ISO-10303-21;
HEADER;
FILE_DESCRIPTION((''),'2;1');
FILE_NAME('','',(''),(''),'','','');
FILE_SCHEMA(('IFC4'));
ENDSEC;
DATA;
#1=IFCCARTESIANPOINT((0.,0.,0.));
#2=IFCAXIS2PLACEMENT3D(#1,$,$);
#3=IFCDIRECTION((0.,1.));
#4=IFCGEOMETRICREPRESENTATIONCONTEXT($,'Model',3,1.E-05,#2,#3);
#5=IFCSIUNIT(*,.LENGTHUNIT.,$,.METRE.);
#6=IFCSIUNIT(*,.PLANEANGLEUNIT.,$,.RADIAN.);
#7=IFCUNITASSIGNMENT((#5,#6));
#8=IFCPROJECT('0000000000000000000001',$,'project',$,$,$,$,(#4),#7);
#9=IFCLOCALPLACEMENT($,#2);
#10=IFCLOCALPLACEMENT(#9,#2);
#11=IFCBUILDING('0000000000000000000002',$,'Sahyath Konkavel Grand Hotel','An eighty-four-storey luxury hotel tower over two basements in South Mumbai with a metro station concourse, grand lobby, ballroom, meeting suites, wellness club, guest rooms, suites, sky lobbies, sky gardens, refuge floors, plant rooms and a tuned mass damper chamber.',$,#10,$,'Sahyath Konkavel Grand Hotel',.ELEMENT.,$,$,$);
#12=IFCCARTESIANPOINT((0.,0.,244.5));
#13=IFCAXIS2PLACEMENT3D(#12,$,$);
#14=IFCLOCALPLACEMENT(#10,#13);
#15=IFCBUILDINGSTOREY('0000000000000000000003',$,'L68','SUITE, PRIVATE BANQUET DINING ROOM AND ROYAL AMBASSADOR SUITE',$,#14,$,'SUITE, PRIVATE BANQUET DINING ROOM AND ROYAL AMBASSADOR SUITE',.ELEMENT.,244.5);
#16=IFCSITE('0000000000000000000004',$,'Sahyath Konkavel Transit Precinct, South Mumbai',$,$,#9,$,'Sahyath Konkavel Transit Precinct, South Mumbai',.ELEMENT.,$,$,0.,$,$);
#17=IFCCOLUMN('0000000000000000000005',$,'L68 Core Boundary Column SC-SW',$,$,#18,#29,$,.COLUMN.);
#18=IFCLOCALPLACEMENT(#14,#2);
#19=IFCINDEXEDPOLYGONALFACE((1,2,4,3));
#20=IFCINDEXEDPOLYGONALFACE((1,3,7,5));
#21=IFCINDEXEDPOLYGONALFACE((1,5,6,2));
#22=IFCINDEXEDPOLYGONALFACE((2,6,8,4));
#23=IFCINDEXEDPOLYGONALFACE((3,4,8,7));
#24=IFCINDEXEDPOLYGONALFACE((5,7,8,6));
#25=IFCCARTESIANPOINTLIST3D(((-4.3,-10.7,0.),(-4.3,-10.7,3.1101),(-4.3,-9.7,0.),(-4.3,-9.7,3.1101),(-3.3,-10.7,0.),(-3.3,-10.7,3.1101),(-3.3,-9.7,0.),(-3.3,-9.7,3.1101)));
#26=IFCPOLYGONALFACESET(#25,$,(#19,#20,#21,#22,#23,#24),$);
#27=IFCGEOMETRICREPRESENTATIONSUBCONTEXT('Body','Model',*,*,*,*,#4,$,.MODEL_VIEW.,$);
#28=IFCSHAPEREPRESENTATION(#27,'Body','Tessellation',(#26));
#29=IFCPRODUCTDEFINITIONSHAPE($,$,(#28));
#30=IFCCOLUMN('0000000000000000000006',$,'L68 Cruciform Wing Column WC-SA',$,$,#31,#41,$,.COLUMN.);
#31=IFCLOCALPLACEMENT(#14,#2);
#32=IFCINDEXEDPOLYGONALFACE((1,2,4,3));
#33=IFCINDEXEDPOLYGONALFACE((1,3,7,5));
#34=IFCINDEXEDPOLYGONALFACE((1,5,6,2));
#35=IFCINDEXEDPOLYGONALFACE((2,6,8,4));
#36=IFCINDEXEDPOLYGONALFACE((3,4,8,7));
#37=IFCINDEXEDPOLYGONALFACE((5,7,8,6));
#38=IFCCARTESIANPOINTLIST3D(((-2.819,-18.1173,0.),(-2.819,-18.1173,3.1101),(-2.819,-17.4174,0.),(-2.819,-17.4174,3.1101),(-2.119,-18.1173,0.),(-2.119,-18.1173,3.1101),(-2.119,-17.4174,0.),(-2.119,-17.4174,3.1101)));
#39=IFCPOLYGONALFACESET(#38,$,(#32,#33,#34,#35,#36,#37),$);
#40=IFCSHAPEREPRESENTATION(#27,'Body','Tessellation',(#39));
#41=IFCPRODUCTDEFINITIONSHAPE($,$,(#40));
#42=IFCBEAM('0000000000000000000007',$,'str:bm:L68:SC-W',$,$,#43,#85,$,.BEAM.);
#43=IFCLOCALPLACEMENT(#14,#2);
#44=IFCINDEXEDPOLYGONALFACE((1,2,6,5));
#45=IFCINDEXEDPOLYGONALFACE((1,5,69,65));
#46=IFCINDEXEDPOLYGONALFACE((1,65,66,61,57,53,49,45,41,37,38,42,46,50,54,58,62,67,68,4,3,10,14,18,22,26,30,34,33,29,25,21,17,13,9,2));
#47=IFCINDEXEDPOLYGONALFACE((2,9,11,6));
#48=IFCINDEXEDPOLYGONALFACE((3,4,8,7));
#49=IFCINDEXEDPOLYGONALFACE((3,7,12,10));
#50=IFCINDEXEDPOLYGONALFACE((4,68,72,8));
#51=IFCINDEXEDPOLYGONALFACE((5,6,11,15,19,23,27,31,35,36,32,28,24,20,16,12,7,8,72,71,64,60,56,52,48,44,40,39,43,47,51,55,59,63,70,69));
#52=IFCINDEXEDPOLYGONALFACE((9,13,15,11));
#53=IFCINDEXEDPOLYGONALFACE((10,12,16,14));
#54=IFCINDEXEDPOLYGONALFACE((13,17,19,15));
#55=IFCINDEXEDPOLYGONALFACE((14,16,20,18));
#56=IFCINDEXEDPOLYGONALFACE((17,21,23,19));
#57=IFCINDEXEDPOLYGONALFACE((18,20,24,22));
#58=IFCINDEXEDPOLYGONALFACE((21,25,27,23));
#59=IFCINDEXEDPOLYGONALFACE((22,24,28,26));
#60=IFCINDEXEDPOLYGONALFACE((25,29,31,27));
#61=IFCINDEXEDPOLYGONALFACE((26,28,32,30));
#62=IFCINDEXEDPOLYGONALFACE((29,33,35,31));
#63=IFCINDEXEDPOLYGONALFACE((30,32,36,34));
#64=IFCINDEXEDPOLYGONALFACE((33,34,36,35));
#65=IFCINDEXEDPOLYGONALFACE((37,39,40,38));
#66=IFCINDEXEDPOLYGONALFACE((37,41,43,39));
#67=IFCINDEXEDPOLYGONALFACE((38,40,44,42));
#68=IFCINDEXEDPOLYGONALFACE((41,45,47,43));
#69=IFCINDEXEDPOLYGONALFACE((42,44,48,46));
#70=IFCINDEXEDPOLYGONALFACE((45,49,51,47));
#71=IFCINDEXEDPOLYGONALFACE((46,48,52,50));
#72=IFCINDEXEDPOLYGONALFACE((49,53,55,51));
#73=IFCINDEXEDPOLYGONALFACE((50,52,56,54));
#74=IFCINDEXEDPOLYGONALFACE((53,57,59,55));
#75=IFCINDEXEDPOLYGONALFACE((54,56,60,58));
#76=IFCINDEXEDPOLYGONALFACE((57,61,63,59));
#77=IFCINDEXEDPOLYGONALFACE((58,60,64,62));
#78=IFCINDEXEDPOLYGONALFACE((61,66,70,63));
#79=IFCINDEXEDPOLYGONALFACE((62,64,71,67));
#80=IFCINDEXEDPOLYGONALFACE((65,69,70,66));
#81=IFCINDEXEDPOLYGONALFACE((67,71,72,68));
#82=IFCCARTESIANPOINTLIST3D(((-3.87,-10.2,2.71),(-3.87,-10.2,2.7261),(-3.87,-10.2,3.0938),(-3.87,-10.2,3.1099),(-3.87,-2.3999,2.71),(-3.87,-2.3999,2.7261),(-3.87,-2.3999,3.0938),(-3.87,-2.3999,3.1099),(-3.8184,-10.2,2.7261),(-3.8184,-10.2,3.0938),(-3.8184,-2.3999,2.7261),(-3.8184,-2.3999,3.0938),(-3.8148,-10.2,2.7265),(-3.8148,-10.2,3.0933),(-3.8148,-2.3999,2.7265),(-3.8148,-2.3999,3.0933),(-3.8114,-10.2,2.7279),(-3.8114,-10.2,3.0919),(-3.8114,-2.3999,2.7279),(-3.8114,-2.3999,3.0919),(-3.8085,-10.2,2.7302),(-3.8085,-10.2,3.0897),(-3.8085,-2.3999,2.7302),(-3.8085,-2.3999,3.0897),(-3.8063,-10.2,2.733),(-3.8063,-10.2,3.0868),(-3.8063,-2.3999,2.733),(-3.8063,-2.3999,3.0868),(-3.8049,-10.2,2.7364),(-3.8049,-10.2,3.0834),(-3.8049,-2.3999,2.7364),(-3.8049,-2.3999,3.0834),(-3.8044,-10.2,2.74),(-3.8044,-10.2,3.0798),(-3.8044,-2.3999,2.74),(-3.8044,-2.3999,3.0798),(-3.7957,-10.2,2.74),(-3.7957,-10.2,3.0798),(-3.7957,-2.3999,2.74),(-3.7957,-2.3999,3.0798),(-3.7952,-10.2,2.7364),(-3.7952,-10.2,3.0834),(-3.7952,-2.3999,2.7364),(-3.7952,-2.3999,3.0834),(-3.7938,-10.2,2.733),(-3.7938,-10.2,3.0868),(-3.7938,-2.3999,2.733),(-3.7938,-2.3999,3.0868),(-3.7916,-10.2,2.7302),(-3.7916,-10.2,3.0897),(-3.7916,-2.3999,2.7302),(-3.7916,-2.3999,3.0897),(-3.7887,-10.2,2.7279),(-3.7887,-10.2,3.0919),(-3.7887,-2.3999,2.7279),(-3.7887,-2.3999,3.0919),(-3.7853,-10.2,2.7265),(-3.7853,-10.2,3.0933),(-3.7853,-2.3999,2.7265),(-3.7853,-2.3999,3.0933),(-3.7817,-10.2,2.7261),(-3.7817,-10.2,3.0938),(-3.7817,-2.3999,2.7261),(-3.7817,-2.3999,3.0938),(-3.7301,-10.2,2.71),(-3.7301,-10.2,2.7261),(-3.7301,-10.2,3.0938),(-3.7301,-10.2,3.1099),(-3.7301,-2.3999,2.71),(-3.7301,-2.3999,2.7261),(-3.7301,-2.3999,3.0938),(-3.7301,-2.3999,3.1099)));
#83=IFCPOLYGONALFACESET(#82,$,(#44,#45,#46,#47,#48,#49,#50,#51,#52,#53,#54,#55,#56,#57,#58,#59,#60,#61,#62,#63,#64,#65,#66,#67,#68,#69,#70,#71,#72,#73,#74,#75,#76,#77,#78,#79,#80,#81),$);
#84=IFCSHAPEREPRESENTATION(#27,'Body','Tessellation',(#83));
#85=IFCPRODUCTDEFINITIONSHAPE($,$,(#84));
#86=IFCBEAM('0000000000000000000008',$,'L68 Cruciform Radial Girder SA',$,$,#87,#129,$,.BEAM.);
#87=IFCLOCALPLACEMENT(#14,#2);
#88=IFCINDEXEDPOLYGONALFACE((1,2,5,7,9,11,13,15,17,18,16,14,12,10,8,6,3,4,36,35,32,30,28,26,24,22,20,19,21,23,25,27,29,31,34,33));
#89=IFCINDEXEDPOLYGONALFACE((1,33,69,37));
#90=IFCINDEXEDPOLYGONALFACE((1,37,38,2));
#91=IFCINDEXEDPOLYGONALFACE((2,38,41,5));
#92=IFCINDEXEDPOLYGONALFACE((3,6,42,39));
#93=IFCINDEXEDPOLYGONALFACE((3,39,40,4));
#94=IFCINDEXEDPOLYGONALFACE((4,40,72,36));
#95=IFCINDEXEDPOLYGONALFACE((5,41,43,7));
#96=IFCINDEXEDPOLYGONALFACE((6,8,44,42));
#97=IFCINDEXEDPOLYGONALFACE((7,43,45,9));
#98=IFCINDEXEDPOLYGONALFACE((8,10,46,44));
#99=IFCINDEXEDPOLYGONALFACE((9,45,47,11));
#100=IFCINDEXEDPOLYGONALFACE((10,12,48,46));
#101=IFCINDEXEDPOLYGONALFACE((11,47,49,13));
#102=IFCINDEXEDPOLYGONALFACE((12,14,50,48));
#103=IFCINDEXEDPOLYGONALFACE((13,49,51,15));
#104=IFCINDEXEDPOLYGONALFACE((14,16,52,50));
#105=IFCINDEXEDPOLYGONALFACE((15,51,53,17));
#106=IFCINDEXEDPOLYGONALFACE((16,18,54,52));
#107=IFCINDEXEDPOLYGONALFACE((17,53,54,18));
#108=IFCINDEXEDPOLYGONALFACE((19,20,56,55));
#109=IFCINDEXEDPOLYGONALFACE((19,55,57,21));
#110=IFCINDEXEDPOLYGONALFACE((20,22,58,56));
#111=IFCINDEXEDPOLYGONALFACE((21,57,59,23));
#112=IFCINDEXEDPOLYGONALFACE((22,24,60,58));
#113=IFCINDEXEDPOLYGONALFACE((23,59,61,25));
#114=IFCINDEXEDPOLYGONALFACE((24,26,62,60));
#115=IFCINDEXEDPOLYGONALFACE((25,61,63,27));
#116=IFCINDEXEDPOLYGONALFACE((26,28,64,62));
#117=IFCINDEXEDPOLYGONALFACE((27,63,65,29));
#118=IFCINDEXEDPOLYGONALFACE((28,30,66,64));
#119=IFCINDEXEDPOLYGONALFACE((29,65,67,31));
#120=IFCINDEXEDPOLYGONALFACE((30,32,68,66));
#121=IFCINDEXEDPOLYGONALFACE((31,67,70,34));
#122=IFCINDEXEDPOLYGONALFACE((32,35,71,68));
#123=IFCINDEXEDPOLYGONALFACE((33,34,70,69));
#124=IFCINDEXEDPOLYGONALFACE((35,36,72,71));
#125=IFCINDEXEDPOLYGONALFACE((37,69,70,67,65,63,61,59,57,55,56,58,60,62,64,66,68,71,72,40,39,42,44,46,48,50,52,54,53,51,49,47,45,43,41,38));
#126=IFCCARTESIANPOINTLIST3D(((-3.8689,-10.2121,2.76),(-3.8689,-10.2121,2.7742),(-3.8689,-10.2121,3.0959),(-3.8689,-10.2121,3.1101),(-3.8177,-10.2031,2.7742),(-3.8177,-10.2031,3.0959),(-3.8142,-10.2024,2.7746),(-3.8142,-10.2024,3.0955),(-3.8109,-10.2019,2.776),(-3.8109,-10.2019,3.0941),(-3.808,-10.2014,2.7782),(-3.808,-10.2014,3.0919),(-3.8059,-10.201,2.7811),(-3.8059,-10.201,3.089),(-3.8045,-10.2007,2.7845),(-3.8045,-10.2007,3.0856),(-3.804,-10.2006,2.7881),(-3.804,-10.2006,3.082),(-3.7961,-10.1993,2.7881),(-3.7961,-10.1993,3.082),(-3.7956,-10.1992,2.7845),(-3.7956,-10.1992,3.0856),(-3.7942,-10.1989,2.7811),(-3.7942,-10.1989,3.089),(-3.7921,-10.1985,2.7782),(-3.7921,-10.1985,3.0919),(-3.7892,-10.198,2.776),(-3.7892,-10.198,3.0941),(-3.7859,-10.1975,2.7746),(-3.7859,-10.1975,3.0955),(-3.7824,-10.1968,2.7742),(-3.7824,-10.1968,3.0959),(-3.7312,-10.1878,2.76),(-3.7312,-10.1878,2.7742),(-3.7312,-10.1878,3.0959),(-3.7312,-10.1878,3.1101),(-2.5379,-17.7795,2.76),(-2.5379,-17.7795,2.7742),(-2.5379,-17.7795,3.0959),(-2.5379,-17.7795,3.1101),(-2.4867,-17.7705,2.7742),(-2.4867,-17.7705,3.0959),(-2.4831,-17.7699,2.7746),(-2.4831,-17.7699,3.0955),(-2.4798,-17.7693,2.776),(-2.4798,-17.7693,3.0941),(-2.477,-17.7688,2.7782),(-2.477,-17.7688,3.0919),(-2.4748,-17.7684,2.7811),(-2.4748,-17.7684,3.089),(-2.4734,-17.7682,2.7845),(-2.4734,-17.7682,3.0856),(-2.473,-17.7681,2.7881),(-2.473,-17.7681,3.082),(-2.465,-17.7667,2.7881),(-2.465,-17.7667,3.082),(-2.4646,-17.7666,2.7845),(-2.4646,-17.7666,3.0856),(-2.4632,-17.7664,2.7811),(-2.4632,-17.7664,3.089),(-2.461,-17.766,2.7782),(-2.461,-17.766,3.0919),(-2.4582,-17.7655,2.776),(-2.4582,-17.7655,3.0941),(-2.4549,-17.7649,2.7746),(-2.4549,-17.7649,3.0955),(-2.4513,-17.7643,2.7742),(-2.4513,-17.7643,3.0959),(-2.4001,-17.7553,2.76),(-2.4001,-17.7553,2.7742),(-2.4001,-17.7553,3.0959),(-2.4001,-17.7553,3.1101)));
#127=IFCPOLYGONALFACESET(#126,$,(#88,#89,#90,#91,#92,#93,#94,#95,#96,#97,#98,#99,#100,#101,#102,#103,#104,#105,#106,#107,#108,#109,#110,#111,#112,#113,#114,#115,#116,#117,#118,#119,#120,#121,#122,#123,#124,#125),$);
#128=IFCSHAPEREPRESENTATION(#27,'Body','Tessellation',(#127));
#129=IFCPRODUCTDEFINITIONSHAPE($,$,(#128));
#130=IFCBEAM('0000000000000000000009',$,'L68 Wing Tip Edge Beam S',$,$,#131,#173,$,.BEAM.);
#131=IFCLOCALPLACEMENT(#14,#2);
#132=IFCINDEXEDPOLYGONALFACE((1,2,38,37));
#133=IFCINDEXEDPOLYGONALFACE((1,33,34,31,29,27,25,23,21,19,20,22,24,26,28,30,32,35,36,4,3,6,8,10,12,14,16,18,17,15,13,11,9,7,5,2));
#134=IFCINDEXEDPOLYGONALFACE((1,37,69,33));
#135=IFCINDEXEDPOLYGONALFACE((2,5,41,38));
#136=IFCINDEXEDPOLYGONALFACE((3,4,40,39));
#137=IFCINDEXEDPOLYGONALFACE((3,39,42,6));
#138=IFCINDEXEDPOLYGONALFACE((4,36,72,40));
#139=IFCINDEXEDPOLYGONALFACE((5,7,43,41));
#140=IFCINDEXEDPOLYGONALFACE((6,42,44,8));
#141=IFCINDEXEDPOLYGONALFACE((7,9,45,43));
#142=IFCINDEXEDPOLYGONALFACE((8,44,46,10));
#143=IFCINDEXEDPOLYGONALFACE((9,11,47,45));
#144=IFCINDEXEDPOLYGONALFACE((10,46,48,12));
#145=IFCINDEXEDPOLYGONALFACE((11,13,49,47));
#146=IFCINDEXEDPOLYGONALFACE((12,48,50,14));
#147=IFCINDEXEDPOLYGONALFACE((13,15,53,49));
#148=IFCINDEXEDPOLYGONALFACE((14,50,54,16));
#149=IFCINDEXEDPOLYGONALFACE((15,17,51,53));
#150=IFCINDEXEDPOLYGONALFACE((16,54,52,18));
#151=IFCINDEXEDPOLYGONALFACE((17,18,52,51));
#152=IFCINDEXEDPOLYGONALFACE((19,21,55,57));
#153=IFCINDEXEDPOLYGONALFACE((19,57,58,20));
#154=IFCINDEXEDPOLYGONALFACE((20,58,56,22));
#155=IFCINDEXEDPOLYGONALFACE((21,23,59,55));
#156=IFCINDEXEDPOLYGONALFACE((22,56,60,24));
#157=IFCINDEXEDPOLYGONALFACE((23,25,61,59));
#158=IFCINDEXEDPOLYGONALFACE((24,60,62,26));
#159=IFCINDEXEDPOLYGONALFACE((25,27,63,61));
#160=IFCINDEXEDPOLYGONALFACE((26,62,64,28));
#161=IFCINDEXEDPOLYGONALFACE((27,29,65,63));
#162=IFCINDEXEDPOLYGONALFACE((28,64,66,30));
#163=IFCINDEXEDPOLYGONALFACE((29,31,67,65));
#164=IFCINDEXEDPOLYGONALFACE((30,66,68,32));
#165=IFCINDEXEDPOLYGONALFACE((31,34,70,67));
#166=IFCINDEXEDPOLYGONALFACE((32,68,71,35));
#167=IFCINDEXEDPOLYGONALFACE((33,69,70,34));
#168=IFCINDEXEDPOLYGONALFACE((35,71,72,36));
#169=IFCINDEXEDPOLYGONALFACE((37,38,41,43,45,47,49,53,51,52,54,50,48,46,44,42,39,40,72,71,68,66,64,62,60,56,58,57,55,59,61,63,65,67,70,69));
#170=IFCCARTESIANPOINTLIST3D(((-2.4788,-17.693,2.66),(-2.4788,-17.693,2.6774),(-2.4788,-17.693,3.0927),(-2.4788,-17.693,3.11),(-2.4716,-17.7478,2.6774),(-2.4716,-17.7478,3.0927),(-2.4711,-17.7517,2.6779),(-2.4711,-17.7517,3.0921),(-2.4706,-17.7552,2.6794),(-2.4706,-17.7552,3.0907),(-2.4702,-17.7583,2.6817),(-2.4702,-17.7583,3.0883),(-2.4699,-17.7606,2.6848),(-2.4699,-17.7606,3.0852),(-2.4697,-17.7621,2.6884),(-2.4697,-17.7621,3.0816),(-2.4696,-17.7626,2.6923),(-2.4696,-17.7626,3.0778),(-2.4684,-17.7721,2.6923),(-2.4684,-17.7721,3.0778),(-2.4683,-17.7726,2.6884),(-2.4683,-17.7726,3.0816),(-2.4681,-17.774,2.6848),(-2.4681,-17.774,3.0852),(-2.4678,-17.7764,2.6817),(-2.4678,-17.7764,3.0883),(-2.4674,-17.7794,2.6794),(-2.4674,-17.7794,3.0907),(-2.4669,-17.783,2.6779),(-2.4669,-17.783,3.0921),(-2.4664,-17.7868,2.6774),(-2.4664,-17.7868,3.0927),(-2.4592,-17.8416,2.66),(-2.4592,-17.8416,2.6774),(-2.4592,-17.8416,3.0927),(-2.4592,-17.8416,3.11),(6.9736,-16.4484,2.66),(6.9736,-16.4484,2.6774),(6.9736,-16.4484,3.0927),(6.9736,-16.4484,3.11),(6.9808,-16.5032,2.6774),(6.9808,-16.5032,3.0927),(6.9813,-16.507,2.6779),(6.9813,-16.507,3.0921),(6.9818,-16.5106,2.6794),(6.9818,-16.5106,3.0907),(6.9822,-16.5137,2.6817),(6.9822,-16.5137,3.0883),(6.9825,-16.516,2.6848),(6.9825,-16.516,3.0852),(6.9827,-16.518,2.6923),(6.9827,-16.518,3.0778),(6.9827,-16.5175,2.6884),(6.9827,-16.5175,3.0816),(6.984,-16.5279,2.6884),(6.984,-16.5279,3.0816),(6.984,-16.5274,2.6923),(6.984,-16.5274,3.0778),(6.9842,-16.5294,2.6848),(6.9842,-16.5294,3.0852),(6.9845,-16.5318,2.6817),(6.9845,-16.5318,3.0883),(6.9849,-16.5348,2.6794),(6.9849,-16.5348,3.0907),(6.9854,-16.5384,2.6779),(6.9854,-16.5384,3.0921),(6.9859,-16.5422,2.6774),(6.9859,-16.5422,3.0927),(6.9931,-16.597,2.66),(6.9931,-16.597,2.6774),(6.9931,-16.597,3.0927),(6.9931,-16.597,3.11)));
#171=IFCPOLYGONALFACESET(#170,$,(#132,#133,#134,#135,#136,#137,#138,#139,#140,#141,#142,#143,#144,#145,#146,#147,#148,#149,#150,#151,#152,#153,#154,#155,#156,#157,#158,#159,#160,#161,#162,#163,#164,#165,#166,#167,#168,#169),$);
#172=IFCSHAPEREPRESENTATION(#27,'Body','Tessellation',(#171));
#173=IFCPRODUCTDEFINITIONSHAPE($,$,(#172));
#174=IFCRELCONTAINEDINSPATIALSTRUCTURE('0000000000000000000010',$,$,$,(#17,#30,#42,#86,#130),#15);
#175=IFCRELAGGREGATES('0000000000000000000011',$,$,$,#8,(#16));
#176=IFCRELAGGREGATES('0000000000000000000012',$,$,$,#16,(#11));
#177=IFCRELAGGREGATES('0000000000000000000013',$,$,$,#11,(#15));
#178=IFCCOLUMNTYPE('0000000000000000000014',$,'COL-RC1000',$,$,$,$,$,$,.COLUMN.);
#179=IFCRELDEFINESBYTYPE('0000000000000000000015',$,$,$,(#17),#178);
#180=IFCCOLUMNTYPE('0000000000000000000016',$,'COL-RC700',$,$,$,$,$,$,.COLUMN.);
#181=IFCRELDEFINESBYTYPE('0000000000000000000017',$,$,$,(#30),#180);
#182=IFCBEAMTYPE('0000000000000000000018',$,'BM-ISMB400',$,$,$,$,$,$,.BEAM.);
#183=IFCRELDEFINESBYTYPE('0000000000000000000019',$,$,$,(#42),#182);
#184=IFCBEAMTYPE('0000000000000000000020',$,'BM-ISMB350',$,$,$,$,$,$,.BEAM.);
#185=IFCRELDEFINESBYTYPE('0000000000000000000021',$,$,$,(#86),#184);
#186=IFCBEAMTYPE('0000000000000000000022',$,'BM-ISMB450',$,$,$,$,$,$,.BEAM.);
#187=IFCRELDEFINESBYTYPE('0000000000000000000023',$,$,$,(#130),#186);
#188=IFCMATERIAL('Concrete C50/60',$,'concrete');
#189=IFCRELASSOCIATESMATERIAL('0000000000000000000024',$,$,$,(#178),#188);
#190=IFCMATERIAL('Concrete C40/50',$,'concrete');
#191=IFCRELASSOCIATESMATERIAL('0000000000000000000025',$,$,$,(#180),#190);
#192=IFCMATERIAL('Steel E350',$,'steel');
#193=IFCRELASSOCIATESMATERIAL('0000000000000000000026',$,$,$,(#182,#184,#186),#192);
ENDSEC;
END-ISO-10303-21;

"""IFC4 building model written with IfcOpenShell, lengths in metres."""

from ifc_helpers import new_model, si_unit, direction, frame, origin, origin_2d, place, context, subcontext, project, spatial, rectangle, i_section, extrude, source, transform, mapped, material, material_profile, profile_set, type_object, element, save


model = new_model("IFC4")

# Units and contexts
model_context = context("Model", 3, precision=1e-05, world=origin(), true_north=direction((0.0, 1.0)))
body_context = subcontext(model_context, "Body", "Model", "MODEL_VIEW")
ifc_project = project(units=[si_unit("LENGTHUNIT", "METRE"), si_unit("PLANEANGLEUNIT", "RADIAN")], contexts=[model_context])

# Site, building, storey
site_placement = place(None, origin())
site = spatial("IfcSite", under=ifc_project, at=site_placement, Name="Sahyath Konkavel Transit Precinct, South Mumbai", LongName="Sahyath Konkavel Transit Precinct, South Mumbai", CompositionType="ELEMENT", RefElevation=0.0)
building_placement = place(site_placement, origin())
building = spatial("IfcBuilding", under=site, at=building_placement, Name="Sahyath Konkavel Grand Hotel", Description="An eighty-four-storey luxury hotel tower over two basements in South Mumbai with a metro station concourse, grand lobby, ballroom, meeting suites, wellness club, guest rooms, suites, sky lobbies, sky gardens, refuge floors, plant rooms and a tuned mass damper chamber.", LongName="Sahyath Konkavel Grand Hotel", CompositionType="ELEMENT")
storey_placement = place(building_placement, frame((0.0, 0.0, 244.5)))
storey = spatial("IfcBuildingStorey", under=building, at=storey_placement, Name="L68", Description="SUITE, PRIVATE BANQUET DINING ROOM AND ROYAL AMBASSADOR SUITE", LongName="SUITE, PRIVATE BANQUET DINING ROOM AND ROYAL AMBASSADOR SUITE", CompositionType="ELEMENT", Elevation=244.5)

# Columns
ifc_material_1 = material(Name="Concrete C50/60", Category="concrete")
ifc_material_profile_1 = material_profile(ifc_material_1, rectangle(XDim=1.0, YDim=1.0, at=origin_2d()), Name="RC 1000x1000")
ifc_profile_set_1 = profile_set([ifc_material_profile_1], Name="Concrete C50/60")
column_type_1 = type_object("IfcColumnType", Name="COL-RC1000", PredefinedType="COLUMN", material=ifc_profile_set_1)
shared_shape_1 = source(origin(), body_context, "Body", "SweptSolid", [
    extrude(rectangle(XDim=1.0, YDim=1.0, at=origin_2d()), origin(), (0.0, 0.0, 1.0), 3.1101),
])
column_1_placement = place(storey_placement, frame((-3.8, -10.2, 0.0), z_axis=(0.0, 0.0, 1.0), x_axis=(1.0, 0.0, 0.0)))
element("IfcColumn", 1, at=column_1_placement, inside=storey, type_object=column_type_1, Name="L68 Core Boundary Column SC-SW", PredefinedType="COLUMN", context=body_context, shape_type="MappedRepresentation", body=[
    mapped(shared_shape_1, transform((0.0, 0.0, 0.0), scale=1.0)),
])
ifc_material_2 = material(Name="Concrete C40/50", Category="concrete")
ifc_material_profile_2 = material_profile(ifc_material_2, rectangle(XDim=0.7, YDim=0.7, at=origin_2d()), Name="RC 700x700")
ifc_profile_set_2 = profile_set([ifc_material_profile_2], Name="Concrete C40/50")
column_type_2 = type_object("IfcColumnType", Name="COL-RC700", PredefinedType="COLUMN", material=ifc_profile_set_2)
shared_shape_2 = source(origin(), body_context, "Body", "SweptSolid", [
    extrude(rectangle(XDim=0.7, YDim=0.7, at=origin_2d()), origin(), (0.0, 0.0, 1.0), 3.1101),
])
column_2_placement = place(storey_placement, frame((-2.469, -17.7673, 0.0), z_axis=(0.0, 0.0, 1.0), x_axis=(1.0, 0.0, 0.0)))
element("IfcColumn", 2, at=column_2_placement, inside=storey, type_object=column_type_2, Name="L68 Cruciform Wing Column WC-SA", PredefinedType="COLUMN", context=body_context, shape_type="MappedRepresentation", body=[
    mapped(shared_shape_2, transform((0.0, 0.0, 0.0), scale=1.0)),
])

# Beams
ifc_material_3 = material(Name="Steel E350", Category="steel")
ifc_material_profile_3 = material_profile(ifc_material_3, i_section(OverallWidth=0.1399, OverallDepth=0.3999, WebThickness=0.0088, FlangeThickness=0.0161, FilletRadius=0.0139, at=origin_2d()), Name="ISMB 400")
ifc_profile_set_3 = profile_set([ifc_material_profile_3], Name="Steel E350")
beam_type_1 = type_object("IfcBeamType", Name="BM-ISMB400", PredefinedType="BEAM", material=ifc_profile_set_3)
shared_shape_3 = source(origin(), body_context, "Body", "SweptSolid", [
    extrude(i_section(OverallWidth=0.1399, OverallDepth=0.3999, WebThickness=0.0088, FlangeThickness=0.0161, FilletRadius=0.0139, at=origin_2d()), origin(), (0.0, 0.0, 1.0), 7.8),
])
beam_1_placement = place(storey_placement, frame((-3.8, -10.2, 2.9099), z_axis=(0.0, 1.0, 0.0), x_axis=(-1.0, 0.0, 0.0)))
element("IfcBeam", 3, at=beam_1_placement, inside=storey, type_object=beam_type_1, Name="str:bm:L68:SC-W", PredefinedType="BEAM", context=body_context, shape_type="MappedRepresentation", body=[
    mapped(shared_shape_3, transform((0.0, 0.0, 0.0), scale=1.0)),
])
ifc_material_profile_4 = material_profile(ifc_material_3, i_section(OverallWidth=0.1399, OverallDepth=0.3501, WebThickness=0.0081, FlangeThickness=0.0142, FilletRadius=0.0139, at=origin_2d()), Name="ISMB 350")
ifc_profile_set_4 = profile_set([ifc_material_profile_4], Name="Steel E350")
beam_type_2 = type_object("IfcBeamType", Name="BM-ISMB350", PredefinedType="BEAM", material=ifc_profile_set_4)
shared_shape_4 = source(origin(), body_context, "Body", "SweptSolid", [
    extrude(i_section(OverallWidth=0.1399, OverallDepth=0.3501, WebThickness=0.0081, FlangeThickness=0.0142, FilletRadius=0.0139, at=origin_2d()), origin(), (0.0, 0.0, 1.0), 7.6836),
])
beam_2_placement = place(storey_placement, frame((-3.8, -10.2, 2.9351), z_axis=(0.173234, -0.984881, 0.0), x_axis=(0.984881, 0.173234, 0.0)))
element("IfcBeam", 4, at=beam_2_placement, inside=storey, type_object=beam_type_2, Name="L68 Cruciform Radial Girder SA", PredefinedType="BEAM", context=body_context, shape_type="MappedRepresentation", body=[
    mapped(shared_shape_4, transform((0.0, 0.0, 0.0), scale=1.0)),
])
ifc_material_profile_5 = material_profile(ifc_material_3, i_section(OverallWidth=0.1499, OverallDepth=0.45, WebThickness=0.0095, FlangeThickness=0.0173, FilletRadius=0.0149, at=origin_2d()), Name="ISMB 450")
ifc_profile_set_5 = profile_set([ifc_material_profile_5], Name="Steel E350")
beam_type_3 = type_object("IfcBeamType", Name="BM-ISMB450", PredefinedType="BEAM", material=ifc_profile_set_5)
shared_shape_5 = source(origin(), body_context, "Body", "SweptSolid", [
    extrude(i_section(OverallWidth=0.1499, OverallDepth=0.45, WebThickness=0.0095, FlangeThickness=0.0173, FilletRadius=0.0149, at=origin_2d()), origin(), (0.0, 0.0, 1.0), 9.5339),
])
beam_3_placement = place(storey_placement, frame((-2.469, -17.7673, 2.885), z_axis=(0.991442, 0.130547, 0.0), x_axis=(-0.130547, 0.991442, 0.0)))
element("IfcBeam", 5, at=beam_3_placement, inside=storey, type_object=beam_type_3, Name="L68 Wing Tip Edge Beam S", PredefinedType="BEAM", context=body_context, shape_type="MappedRepresentation", body=[
    mapped(shared_shape_5, transform((0.0, 0.0, 0.0), scale=1.0)),
])

save(model, "model.ifc")
